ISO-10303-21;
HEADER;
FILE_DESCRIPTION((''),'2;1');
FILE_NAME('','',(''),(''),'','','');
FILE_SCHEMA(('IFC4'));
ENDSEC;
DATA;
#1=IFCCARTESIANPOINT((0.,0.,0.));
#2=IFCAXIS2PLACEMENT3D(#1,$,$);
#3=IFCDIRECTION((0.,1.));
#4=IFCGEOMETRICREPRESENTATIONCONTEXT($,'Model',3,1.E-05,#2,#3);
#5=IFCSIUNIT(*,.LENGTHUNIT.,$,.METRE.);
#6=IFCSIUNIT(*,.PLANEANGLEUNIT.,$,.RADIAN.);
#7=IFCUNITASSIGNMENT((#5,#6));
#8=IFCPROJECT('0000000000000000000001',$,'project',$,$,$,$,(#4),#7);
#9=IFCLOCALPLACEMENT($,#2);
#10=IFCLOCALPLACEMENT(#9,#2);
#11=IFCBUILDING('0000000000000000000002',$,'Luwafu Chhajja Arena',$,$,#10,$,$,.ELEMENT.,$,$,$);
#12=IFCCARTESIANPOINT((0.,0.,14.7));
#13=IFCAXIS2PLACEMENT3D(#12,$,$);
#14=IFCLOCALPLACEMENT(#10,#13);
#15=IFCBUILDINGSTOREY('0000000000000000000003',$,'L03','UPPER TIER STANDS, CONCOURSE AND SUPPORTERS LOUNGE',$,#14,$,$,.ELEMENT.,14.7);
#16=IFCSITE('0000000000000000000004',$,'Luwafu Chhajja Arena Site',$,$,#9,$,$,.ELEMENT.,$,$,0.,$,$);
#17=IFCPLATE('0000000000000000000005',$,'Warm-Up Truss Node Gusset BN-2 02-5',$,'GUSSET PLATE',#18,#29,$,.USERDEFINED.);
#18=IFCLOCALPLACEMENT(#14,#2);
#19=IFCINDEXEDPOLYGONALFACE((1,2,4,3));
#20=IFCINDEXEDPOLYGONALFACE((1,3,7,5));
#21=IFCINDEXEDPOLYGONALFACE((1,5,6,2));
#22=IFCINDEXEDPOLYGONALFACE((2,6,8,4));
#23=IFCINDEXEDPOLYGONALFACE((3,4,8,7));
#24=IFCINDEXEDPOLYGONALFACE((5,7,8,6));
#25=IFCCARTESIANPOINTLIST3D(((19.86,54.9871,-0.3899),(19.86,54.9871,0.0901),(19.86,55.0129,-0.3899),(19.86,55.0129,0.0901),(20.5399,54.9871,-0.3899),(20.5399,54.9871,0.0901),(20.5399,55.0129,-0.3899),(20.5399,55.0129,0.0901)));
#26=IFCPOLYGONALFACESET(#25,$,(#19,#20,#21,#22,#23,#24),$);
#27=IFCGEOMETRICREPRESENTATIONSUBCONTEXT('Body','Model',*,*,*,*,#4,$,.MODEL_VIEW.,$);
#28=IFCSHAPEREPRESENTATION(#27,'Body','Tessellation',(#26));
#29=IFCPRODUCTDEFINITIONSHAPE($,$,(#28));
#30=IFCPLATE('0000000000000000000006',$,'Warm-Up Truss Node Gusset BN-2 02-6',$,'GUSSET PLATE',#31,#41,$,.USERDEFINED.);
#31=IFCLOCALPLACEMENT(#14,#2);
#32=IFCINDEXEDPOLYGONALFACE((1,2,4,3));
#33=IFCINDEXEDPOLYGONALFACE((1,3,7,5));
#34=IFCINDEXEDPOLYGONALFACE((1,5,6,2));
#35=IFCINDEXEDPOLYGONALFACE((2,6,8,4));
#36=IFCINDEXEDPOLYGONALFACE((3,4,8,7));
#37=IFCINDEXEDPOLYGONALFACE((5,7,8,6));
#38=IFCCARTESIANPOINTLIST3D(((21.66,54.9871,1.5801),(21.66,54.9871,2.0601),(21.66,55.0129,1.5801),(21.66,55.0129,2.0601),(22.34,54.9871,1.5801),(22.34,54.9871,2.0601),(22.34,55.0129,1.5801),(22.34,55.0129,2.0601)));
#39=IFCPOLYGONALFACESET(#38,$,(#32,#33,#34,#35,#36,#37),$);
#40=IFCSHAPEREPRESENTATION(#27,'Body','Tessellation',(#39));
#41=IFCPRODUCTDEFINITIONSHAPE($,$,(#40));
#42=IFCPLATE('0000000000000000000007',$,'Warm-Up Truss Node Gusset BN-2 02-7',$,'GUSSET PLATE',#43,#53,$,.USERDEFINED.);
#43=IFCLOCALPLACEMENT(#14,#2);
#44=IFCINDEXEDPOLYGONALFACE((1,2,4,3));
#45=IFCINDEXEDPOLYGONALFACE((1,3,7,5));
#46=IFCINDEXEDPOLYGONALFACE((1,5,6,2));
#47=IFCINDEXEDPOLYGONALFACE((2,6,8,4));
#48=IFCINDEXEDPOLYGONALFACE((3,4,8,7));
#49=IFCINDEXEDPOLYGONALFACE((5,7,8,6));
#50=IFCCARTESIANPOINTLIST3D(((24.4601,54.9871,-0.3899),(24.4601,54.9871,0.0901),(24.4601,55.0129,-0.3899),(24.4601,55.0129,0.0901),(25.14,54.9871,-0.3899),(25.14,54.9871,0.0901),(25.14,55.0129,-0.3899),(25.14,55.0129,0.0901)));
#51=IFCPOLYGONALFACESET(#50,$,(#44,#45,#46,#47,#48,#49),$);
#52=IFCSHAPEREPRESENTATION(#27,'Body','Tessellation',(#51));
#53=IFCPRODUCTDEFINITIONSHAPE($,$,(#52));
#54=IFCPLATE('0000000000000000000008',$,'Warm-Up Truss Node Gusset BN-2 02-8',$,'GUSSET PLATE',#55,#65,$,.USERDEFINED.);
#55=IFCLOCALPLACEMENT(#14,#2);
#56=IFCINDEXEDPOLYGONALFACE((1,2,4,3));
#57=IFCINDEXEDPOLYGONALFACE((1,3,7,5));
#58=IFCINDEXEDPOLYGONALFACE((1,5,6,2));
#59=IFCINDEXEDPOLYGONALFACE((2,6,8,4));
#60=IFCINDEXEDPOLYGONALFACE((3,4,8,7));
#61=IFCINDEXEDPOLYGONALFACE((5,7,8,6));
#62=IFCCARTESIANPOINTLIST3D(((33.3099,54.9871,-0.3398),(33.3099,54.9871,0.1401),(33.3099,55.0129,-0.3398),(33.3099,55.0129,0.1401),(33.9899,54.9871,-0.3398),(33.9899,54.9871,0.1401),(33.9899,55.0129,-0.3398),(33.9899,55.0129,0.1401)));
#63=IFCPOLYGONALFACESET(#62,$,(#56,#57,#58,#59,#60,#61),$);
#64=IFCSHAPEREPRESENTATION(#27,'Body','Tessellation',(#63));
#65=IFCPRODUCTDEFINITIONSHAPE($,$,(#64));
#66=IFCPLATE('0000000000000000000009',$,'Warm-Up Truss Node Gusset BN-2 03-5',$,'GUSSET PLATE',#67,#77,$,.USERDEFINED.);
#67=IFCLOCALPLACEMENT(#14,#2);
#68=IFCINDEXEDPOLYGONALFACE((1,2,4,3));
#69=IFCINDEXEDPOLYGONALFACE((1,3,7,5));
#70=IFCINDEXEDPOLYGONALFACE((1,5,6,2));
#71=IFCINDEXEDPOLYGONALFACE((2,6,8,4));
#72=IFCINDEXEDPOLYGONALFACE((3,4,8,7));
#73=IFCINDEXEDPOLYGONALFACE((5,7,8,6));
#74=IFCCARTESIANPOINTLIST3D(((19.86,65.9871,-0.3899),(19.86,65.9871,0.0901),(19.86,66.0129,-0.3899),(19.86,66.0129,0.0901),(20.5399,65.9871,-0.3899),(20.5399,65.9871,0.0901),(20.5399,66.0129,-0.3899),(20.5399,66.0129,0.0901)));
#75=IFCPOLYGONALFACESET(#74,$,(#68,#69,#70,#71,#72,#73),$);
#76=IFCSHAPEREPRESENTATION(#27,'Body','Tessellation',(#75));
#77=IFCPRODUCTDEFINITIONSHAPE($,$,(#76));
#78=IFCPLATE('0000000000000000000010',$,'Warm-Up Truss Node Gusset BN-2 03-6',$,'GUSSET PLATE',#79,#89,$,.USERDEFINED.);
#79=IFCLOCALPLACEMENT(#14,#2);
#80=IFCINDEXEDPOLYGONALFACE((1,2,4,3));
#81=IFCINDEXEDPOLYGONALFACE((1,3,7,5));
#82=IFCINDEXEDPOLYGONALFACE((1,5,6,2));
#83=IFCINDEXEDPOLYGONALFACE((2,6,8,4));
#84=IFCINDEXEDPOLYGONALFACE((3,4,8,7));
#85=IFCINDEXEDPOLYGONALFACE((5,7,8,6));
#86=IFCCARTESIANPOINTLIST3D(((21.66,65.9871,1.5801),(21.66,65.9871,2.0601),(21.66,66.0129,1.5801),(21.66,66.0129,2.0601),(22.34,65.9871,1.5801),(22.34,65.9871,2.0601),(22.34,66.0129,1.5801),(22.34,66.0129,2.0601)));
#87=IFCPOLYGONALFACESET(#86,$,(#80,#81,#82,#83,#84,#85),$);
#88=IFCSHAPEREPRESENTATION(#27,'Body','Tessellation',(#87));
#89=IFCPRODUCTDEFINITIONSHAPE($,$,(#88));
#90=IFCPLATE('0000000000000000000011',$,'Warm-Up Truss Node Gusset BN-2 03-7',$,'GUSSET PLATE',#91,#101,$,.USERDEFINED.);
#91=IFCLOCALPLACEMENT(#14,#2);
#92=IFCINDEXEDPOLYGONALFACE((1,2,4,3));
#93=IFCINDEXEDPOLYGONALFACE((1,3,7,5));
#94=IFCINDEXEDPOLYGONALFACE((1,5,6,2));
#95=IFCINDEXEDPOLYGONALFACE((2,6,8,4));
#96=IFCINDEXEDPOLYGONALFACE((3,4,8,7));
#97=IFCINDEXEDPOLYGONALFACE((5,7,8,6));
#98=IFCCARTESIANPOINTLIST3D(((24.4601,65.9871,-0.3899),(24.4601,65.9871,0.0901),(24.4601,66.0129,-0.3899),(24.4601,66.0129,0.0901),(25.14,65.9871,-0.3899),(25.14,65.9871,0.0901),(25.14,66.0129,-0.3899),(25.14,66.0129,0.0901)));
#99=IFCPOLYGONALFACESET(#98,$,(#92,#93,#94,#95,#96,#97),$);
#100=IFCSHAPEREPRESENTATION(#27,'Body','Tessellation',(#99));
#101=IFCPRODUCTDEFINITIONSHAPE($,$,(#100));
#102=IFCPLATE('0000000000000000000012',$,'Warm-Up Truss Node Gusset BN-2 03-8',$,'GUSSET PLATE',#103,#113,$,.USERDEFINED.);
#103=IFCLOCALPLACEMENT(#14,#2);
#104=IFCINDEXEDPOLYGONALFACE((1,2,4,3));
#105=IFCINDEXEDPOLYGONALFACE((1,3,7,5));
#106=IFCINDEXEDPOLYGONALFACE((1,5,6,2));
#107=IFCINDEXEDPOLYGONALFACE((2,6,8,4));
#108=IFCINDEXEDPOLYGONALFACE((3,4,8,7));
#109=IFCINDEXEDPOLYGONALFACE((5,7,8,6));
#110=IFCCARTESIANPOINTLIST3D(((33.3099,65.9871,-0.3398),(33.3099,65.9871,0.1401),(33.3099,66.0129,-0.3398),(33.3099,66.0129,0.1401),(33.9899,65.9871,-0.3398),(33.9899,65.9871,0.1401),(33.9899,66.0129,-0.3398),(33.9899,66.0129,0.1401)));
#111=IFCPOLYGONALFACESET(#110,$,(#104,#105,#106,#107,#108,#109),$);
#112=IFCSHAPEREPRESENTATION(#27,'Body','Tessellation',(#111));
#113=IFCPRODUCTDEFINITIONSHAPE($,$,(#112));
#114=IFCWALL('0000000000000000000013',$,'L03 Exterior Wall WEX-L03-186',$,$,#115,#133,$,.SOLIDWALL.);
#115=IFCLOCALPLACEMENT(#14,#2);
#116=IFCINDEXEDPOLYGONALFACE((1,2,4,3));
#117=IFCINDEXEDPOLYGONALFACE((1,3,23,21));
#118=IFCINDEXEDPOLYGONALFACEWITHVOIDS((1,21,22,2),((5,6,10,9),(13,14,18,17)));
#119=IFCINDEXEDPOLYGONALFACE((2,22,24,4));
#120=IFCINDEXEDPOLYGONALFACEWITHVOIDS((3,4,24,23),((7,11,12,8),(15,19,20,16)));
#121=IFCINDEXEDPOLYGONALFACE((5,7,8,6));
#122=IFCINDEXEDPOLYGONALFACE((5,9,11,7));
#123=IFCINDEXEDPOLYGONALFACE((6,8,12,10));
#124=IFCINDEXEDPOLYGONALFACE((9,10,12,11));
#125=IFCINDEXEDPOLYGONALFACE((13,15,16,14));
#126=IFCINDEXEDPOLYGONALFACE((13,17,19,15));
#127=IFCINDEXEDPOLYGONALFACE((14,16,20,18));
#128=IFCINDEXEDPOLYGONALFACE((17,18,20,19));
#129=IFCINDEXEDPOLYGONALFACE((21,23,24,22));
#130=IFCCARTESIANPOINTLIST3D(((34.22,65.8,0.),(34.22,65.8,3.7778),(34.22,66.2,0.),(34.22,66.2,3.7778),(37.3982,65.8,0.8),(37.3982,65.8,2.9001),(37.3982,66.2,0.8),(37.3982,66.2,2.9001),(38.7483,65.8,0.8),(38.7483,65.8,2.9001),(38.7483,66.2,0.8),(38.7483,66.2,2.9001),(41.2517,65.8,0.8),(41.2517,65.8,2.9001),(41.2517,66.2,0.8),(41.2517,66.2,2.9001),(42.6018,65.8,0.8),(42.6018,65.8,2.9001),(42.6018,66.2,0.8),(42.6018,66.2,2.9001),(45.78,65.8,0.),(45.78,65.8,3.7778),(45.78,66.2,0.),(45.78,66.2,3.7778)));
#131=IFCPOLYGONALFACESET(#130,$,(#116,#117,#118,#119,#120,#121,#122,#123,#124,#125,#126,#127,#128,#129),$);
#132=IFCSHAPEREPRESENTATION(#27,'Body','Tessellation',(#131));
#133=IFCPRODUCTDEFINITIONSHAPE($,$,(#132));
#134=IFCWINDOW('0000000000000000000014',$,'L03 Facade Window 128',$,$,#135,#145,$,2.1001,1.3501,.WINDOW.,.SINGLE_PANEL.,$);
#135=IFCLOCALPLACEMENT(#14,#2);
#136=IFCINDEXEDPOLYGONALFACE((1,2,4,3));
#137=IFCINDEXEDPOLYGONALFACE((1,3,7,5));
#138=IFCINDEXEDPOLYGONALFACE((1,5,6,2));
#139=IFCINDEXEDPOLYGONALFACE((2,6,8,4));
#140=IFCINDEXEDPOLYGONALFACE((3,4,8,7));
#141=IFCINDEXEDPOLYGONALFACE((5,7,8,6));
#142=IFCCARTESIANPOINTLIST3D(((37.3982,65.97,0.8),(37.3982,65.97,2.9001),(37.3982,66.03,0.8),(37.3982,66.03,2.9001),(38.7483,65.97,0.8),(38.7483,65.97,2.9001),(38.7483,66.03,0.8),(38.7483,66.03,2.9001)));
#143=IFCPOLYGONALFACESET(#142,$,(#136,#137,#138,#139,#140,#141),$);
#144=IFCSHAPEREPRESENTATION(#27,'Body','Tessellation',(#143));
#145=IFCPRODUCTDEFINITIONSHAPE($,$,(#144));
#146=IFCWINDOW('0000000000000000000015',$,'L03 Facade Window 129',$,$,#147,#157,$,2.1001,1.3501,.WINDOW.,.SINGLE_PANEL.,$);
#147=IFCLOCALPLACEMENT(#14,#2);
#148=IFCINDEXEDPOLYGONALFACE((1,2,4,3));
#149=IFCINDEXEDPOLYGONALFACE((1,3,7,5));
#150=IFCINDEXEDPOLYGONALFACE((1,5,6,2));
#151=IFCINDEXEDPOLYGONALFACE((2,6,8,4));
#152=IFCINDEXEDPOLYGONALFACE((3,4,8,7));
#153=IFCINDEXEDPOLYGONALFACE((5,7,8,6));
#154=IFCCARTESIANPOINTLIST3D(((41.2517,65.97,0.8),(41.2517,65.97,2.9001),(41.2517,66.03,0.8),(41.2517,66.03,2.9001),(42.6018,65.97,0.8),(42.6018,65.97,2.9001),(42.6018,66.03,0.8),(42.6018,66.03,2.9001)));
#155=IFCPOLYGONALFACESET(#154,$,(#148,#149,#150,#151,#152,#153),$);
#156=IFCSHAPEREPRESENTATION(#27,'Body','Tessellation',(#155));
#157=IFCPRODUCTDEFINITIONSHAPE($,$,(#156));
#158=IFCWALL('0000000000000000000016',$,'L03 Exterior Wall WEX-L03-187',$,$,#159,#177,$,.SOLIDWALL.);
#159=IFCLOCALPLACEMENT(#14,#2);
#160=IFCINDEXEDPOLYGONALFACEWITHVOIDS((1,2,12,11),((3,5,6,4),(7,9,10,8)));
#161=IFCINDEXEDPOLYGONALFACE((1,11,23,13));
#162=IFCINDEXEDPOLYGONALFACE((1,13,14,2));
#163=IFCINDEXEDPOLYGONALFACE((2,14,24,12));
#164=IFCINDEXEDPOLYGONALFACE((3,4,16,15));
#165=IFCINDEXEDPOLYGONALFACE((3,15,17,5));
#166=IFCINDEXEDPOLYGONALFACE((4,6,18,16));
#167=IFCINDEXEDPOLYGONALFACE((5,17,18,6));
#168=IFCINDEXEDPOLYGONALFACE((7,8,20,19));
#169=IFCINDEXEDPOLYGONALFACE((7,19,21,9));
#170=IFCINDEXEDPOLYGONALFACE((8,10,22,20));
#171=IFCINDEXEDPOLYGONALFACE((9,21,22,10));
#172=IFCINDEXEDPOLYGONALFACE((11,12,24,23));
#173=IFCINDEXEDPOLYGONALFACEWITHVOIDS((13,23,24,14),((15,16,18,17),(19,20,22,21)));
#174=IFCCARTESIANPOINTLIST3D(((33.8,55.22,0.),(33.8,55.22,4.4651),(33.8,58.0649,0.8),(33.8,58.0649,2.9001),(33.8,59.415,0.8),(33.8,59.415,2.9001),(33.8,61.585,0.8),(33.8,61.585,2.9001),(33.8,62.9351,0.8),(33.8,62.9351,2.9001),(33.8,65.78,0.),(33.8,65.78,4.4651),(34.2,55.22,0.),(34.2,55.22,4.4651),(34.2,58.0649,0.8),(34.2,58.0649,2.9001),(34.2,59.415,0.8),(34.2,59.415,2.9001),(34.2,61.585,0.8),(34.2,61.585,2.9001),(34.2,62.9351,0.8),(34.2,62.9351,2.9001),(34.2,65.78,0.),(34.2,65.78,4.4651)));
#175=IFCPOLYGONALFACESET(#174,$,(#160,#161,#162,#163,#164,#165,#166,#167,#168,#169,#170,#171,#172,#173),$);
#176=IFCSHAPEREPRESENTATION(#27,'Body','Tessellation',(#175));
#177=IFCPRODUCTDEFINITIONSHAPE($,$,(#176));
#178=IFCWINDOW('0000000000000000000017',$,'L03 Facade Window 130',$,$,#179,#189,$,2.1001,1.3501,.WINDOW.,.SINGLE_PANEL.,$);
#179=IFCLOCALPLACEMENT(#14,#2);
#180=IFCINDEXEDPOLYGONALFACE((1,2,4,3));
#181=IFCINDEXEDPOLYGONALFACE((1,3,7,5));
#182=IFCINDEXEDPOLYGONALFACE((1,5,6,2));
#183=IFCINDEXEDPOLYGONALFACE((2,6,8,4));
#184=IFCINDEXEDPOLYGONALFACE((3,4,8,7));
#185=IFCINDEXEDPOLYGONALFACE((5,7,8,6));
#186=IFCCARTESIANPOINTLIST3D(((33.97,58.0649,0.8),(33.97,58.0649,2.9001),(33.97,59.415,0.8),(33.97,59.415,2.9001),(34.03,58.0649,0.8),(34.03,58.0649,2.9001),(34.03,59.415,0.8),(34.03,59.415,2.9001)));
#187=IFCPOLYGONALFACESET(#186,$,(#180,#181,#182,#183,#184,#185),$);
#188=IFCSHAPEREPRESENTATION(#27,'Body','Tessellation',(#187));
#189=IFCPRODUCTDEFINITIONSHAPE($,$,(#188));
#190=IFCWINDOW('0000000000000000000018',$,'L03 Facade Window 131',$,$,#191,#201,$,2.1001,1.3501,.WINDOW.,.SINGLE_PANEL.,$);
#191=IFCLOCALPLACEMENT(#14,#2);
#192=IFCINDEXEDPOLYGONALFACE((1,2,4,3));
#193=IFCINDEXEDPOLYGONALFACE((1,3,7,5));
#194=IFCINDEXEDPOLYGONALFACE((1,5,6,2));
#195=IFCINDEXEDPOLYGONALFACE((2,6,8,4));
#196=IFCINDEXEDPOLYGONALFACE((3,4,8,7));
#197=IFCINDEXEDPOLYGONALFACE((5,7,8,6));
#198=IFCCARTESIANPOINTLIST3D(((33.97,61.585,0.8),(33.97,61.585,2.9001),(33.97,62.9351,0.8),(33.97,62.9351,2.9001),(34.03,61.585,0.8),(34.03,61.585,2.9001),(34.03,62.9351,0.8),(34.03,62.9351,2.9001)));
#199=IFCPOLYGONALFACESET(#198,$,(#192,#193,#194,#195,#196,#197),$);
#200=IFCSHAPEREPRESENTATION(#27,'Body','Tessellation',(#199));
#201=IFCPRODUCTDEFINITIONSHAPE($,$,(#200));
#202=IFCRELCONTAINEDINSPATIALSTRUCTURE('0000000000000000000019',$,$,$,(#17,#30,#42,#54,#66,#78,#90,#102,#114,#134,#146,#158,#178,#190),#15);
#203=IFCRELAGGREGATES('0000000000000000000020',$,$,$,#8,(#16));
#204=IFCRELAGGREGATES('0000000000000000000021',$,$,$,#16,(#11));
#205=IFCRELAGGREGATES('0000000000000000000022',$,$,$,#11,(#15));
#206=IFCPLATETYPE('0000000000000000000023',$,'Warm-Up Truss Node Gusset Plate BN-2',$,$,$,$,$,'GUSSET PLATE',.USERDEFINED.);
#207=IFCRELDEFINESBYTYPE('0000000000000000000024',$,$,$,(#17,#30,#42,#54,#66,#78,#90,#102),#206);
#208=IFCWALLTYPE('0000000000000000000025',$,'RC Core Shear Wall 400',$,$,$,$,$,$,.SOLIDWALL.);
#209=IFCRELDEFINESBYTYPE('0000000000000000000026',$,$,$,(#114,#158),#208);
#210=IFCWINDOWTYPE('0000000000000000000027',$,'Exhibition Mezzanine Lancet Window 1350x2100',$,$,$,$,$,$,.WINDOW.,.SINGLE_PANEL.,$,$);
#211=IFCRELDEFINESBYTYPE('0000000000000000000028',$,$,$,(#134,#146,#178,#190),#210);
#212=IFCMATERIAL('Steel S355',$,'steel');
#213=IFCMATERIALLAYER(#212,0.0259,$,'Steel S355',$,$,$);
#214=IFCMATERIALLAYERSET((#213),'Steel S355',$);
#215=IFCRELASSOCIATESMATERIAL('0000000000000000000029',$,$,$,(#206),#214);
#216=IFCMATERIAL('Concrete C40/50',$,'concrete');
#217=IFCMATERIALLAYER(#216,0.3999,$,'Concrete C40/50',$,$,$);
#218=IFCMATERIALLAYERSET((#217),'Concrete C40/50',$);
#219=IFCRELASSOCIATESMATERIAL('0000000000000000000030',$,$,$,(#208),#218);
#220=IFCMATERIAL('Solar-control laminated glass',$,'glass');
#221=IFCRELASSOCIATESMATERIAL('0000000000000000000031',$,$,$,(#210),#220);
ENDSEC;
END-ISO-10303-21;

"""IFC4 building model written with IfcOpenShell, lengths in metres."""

from ifc_helpers import new_model, si_unit, direction, frame, frame_2d, origin, origin_2d, place, context, subcontext, project, spatial, rectangle, extrude, material, layer, layer_set, type_object, element, fill, save


model = new_model("IFC4")

# Units and contexts
model_context = context("Model", 3, precision=1e-05, world=origin(), true_north=direction((0.0, 1.0)))
body_context = subcontext(model_context, "Body", "Model", "MODEL_VIEW")
ifc_project = project(units=[si_unit("LENGTHUNIT", "METRE"), si_unit("PLANEANGLEUNIT", "RADIAN")], contexts=[model_context])

# Site, building, storey
site_placement = place(None, origin())
site = spatial("IfcSite", under=ifc_project, at=site_placement, Name="Luwafu Chhajja Arena Site", CompositionType="ELEMENT", RefElevation=0.0)
building_placement = place(site_placement, origin())
building = spatial("IfcBuilding", under=site, at=building_placement, Name="Luwafu Chhajja Arena", CompositionType="ELEMENT")
storey_placement = place(building_placement, frame((0.0, 0.0, 14.7)))
storey = spatial("IfcBuildingStorey", under=building, at=storey_placement, Name="L03", Description="UPPER TIER STANDS, CONCOURSE AND SUPPORTERS LOUNGE", CompositionType="ELEMENT", Elevation=14.7)

# Shared definitions
ifc_material_1 = material(Name="Concrete C40/50", Category="concrete")

# Shared definitions
ifc_material_2 = material(Name="Steel S355", Category="steel")

# Plates
ifc_layer_1 = layer(ifc_material_2, 0.0259, Name="Steel S355")
ifc_layer_set_1 = layer_set([ifc_layer_1], Name="Steel S355")
plate_type = type_object("IfcPlateType", Name="Warm-Up Truss Node Gusset Plate BN-2", ElementType="GUSSET PLATE", PredefinedType="USERDEFINED", material=ifc_layer_set_1)
for number, where, z_axis, x_axis, name in (
    (1, (20.2, 55.0, -0.3899), (0.0, 0.0, 1.0), (1.0, 0.0, 0.0), "Warm-Up Truss Node Gusset BN-2 02-5"),
    (2, (22.0, 55.0, 1.5801), (0.0, 0.0, 1.0), (1.0, 0.0, 0.0), "Warm-Up Truss Node Gusset BN-2 02-6"),
    (3, (24.8, 55.0, -0.3899), (0.0, 0.0, 1.0), (1.0, 0.0, 0.0), "Warm-Up Truss Node Gusset BN-2 02-7"),
    (4, (33.6499, 55.0, -0.3398), (0.0, 0.0, 1.0), (1.0, 0.0, 0.0), "Warm-Up Truss Node Gusset BN-2 02-8"),
    (5, (20.2, 66.0, -0.3899), (0.0, 0.0, 1.0), (1.0, 0.0, 0.0), "Warm-Up Truss Node Gusset BN-2 03-5"),
    (6, (22.0, 66.0, 1.5801), (0.0, 0.0, 1.0), (1.0, 0.0, 0.0), "Warm-Up Truss Node Gusset BN-2 03-6"),
    (7, (24.8, 66.0, -0.3899), (0.0, 0.0, 1.0), (1.0, 0.0, 0.0), "Warm-Up Truss Node Gusset BN-2 03-7"),
    (8, (33.6499, 66.0, -0.3398), (0.0, 0.0, 1.0), (1.0, 0.0, 0.0), "Warm-Up Truss Node Gusset BN-2 03-8"),
):
    element("IfcPlate", number, at=place(storey_placement, frame(where, z_axis=z_axis, x_axis=x_axis)), inside=storey, type_object=plate_type, Name=name, ObjectType="GUSSET PLATE", PredefinedType="USERDEFINED", context=body_context, shape_type="SweptSolid", body=[
        extrude(rectangle(XDim=0.6799, YDim=0.0259, at=origin_2d()), origin(), (0.0, 0.0, 1.0), 0.48),
    ])

# Walls, openings, windows
ifc_layer_2 = layer(ifc_material_1, 0.3999, Name="Concrete C40/50")
ifc_layer_set_2 = layer_set([ifc_layer_2], Name="Concrete C40/50")
wall_type = type_object("IfcWallType", Name="RC Core Shear Wall 400", PredefinedType="SOLIDWALL", material=ifc_layer_set_2)
wall_1_placement = place(storey_placement, frame((34.22, 66.0, 0.0), z_axis=(0.0, 0.0, 1.0), x_axis=(1.0, 0.0, 0.0)))
wall_1 = element("IfcWall", 9, at=wall_1_placement, inside=storey, type_object=wall_type, Name="L03 Exterior Wall WEX-L03-186", PredefinedType="SOLIDWALL", context=body_context, shape_type="SweptSolid", body=[
    extrude(rectangle(XDim=11.5601, YDim=0.3999, at=frame_2d((5.78, 0.0))), origin(), (0.0, 0.0, 1.0), 3.7778),
])
opening_1_placement = place(wall_1_placement, frame((3.1782, 0.0, 0.8)))
opening_1 = element("IfcOpeningElement", 10, at=opening_1_placement, cuts=wall_1, PredefinedType="OPENING", context=body_context, shape_type="SweptSolid", body=[
    extrude(rectangle(XDim=1.3501, YDim=2.1001, at=frame_2d((0.675, 1.05))), frame((0.0, 0.21, 0.0), z_axis=(0.0, -1.0, 0.0), x_axis=(1.0, 0.0, 0.0)), (0.0, 0.0, 1.0), 0.4199),
])
opening_2_placement = place(wall_1_placement, frame((7.0317, 0.0, 0.8)))
opening_2 = element("IfcOpeningElement", 11, at=opening_2_placement, cuts=wall_1, PredefinedType="OPENING", context=body_context, shape_type="SweptSolid", body=[
    extrude(rectangle(XDim=1.3501, YDim=2.1001, at=frame_2d((0.675, 1.05))), frame((0.0, 0.21, 0.0), z_axis=(0.0, -1.0, 0.0), x_axis=(1.0, 0.0, 0.0)), (0.0, 0.0, 1.0), 0.4199),
])
ifc_material_3 = material(Name="Solar-control laminated glass", Category="glass")
window_type = type_object("IfcWindowType", Name="Exhibition Mezzanine Lancet Window 1350x2100", PartitioningType="SINGLE_PANEL", PredefinedType="WINDOW", material=ifc_material_3)
window_1_placement = place(opening_1_placement, origin())
window_1 = element("IfcWindow", 12, at=window_1_placement, inside=storey, type_object=window_type, Name="L03 Facade Window 128", OverallHeight=2.1001, OverallWidth=1.3501, PartitioningType="SINGLE_PANEL", PredefinedType="WINDOW", context=body_context, shape_type="SweptSolid", body=[
    extrude(rectangle(XDim=1.3501, YDim=2.1001, at=frame_2d((0.675, 1.05))), frame((0.0, 0.03, 0.0), z_axis=(0.0, -1.0, 0.0), x_axis=(1.0, 0.0, 0.0)), (0.0, 0.0, 1.0), 0.0601),
])
fill(opening_1, window_1)
window_2_placement = place(opening_2_placement, origin())
window_2 = element("IfcWindow", 13, at=window_2_placement, inside=storey, type_object=window_type, Name="L03 Facade Window 129", OverallHeight=2.1001, OverallWidth=1.3501, PartitioningType="SINGLE_PANEL", PredefinedType="WINDOW", context=body_context, shape_type="SweptSolid", body=[
    extrude(rectangle(XDim=1.3501, YDim=2.1001, at=frame_2d((0.675, 1.05))), frame((0.0, 0.03, 0.0), z_axis=(0.0, -1.0, 0.0), x_axis=(1.0, 0.0, 0.0)), (0.0, 0.0, 1.0), 0.0601),
])
fill(opening_2, window_2)
wall_2_placement = place(storey_placement, frame((34.0, 55.22, 0.0), z_axis=(0.0, 0.0, 1.0), x_axis=(0.0, 1.0, 0.0)))
wall_2 = element("IfcWall", 14, at=wall_2_placement, inside=storey, type_object=wall_type, Name="L03 Exterior Wall WEX-L03-187", PredefinedType="SOLIDWALL", context=body_context, shape_type="SweptSolid", body=[
    extrude(rectangle(XDim=10.5601, YDim=0.3999, at=frame_2d((5.28, 0.0))), origin(), (0.0, 0.0, 1.0), 4.4651),
])
opening_3_placement = place(wall_2_placement, frame((2.845, 0.0, 0.8)))
opening_3 = element("IfcOpeningElement", 15, at=opening_3_placement, cuts=wall_2, PredefinedType="OPENING", context=body_context, shape_type="SweptSolid", body=[
    extrude(rectangle(XDim=1.3501, YDim=2.1001, at=frame_2d((0.675, 1.05))), frame((0.0, 0.21, 0.0), z_axis=(0.0, -1.0, 0.0), x_axis=(1.0, 0.0, 0.0)), (0.0, 0.0, 1.0), 0.4199),
])
opening_4_placement = place(wall_2_placement, frame((6.365, 0.0, 0.8)))
opening_4 = element("IfcOpeningElement", 16, at=opening_4_placement, cuts=wall_2, PredefinedType="OPENING", context=body_context, shape_type="SweptSolid", body=[
    extrude(rectangle(XDim=1.3501, YDim=2.1001, at=frame_2d((0.675, 1.05))), frame((0.0, 0.21, 0.0), z_axis=(0.0, -1.0, 0.0), x_axis=(1.0, 0.0, 0.0)), (0.0, 0.0, 1.0), 0.4199),
])
window_3_placement = place(opening_3_placement, origin())
window_3 = element("IfcWindow", 17, at=window_3_placement, inside=storey, type_object=window_type, Name="L03 Facade Window 130", OverallHeight=2.1001, OverallWidth=1.3501, PartitioningType="SINGLE_PANEL", PredefinedType="WINDOW", context=body_context, shape_type="SweptSolid", body=[
    extrude(rectangle(XDim=1.3501, YDim=2.1001, at=frame_2d((0.675, 1.05))), frame((0.0, 0.03, 0.0), z_axis=(0.0, -1.0, 0.0), x_axis=(1.0, 0.0, 0.0)), (0.0, 0.0, 1.0), 0.0601),
])
fill(opening_3, window_3)
window_4_placement = place(opening_4_placement, origin())
window_4 = element("IfcWindow", 18, at=window_4_placement, inside=storey, type_object=window_type, Name="L03 Facade Window 131", OverallHeight=2.1001, OverallWidth=1.3501, PartitioningType="SINGLE_PANEL", PredefinedType="WINDOW", context=body_context, shape_type="SweptSolid", body=[
    extrude(rectangle(XDim=1.3501, YDim=2.1001, at=frame_2d((0.675, 1.05))), frame((0.0, 0.03, 0.0), z_axis=(0.0, -1.0, 0.0), x_axis=(1.0, 0.0, 0.0)), (0.0, 0.0, 1.0), 0.0601),
])
fill(opening_4, window_4)

save(model, "model.ifc")
